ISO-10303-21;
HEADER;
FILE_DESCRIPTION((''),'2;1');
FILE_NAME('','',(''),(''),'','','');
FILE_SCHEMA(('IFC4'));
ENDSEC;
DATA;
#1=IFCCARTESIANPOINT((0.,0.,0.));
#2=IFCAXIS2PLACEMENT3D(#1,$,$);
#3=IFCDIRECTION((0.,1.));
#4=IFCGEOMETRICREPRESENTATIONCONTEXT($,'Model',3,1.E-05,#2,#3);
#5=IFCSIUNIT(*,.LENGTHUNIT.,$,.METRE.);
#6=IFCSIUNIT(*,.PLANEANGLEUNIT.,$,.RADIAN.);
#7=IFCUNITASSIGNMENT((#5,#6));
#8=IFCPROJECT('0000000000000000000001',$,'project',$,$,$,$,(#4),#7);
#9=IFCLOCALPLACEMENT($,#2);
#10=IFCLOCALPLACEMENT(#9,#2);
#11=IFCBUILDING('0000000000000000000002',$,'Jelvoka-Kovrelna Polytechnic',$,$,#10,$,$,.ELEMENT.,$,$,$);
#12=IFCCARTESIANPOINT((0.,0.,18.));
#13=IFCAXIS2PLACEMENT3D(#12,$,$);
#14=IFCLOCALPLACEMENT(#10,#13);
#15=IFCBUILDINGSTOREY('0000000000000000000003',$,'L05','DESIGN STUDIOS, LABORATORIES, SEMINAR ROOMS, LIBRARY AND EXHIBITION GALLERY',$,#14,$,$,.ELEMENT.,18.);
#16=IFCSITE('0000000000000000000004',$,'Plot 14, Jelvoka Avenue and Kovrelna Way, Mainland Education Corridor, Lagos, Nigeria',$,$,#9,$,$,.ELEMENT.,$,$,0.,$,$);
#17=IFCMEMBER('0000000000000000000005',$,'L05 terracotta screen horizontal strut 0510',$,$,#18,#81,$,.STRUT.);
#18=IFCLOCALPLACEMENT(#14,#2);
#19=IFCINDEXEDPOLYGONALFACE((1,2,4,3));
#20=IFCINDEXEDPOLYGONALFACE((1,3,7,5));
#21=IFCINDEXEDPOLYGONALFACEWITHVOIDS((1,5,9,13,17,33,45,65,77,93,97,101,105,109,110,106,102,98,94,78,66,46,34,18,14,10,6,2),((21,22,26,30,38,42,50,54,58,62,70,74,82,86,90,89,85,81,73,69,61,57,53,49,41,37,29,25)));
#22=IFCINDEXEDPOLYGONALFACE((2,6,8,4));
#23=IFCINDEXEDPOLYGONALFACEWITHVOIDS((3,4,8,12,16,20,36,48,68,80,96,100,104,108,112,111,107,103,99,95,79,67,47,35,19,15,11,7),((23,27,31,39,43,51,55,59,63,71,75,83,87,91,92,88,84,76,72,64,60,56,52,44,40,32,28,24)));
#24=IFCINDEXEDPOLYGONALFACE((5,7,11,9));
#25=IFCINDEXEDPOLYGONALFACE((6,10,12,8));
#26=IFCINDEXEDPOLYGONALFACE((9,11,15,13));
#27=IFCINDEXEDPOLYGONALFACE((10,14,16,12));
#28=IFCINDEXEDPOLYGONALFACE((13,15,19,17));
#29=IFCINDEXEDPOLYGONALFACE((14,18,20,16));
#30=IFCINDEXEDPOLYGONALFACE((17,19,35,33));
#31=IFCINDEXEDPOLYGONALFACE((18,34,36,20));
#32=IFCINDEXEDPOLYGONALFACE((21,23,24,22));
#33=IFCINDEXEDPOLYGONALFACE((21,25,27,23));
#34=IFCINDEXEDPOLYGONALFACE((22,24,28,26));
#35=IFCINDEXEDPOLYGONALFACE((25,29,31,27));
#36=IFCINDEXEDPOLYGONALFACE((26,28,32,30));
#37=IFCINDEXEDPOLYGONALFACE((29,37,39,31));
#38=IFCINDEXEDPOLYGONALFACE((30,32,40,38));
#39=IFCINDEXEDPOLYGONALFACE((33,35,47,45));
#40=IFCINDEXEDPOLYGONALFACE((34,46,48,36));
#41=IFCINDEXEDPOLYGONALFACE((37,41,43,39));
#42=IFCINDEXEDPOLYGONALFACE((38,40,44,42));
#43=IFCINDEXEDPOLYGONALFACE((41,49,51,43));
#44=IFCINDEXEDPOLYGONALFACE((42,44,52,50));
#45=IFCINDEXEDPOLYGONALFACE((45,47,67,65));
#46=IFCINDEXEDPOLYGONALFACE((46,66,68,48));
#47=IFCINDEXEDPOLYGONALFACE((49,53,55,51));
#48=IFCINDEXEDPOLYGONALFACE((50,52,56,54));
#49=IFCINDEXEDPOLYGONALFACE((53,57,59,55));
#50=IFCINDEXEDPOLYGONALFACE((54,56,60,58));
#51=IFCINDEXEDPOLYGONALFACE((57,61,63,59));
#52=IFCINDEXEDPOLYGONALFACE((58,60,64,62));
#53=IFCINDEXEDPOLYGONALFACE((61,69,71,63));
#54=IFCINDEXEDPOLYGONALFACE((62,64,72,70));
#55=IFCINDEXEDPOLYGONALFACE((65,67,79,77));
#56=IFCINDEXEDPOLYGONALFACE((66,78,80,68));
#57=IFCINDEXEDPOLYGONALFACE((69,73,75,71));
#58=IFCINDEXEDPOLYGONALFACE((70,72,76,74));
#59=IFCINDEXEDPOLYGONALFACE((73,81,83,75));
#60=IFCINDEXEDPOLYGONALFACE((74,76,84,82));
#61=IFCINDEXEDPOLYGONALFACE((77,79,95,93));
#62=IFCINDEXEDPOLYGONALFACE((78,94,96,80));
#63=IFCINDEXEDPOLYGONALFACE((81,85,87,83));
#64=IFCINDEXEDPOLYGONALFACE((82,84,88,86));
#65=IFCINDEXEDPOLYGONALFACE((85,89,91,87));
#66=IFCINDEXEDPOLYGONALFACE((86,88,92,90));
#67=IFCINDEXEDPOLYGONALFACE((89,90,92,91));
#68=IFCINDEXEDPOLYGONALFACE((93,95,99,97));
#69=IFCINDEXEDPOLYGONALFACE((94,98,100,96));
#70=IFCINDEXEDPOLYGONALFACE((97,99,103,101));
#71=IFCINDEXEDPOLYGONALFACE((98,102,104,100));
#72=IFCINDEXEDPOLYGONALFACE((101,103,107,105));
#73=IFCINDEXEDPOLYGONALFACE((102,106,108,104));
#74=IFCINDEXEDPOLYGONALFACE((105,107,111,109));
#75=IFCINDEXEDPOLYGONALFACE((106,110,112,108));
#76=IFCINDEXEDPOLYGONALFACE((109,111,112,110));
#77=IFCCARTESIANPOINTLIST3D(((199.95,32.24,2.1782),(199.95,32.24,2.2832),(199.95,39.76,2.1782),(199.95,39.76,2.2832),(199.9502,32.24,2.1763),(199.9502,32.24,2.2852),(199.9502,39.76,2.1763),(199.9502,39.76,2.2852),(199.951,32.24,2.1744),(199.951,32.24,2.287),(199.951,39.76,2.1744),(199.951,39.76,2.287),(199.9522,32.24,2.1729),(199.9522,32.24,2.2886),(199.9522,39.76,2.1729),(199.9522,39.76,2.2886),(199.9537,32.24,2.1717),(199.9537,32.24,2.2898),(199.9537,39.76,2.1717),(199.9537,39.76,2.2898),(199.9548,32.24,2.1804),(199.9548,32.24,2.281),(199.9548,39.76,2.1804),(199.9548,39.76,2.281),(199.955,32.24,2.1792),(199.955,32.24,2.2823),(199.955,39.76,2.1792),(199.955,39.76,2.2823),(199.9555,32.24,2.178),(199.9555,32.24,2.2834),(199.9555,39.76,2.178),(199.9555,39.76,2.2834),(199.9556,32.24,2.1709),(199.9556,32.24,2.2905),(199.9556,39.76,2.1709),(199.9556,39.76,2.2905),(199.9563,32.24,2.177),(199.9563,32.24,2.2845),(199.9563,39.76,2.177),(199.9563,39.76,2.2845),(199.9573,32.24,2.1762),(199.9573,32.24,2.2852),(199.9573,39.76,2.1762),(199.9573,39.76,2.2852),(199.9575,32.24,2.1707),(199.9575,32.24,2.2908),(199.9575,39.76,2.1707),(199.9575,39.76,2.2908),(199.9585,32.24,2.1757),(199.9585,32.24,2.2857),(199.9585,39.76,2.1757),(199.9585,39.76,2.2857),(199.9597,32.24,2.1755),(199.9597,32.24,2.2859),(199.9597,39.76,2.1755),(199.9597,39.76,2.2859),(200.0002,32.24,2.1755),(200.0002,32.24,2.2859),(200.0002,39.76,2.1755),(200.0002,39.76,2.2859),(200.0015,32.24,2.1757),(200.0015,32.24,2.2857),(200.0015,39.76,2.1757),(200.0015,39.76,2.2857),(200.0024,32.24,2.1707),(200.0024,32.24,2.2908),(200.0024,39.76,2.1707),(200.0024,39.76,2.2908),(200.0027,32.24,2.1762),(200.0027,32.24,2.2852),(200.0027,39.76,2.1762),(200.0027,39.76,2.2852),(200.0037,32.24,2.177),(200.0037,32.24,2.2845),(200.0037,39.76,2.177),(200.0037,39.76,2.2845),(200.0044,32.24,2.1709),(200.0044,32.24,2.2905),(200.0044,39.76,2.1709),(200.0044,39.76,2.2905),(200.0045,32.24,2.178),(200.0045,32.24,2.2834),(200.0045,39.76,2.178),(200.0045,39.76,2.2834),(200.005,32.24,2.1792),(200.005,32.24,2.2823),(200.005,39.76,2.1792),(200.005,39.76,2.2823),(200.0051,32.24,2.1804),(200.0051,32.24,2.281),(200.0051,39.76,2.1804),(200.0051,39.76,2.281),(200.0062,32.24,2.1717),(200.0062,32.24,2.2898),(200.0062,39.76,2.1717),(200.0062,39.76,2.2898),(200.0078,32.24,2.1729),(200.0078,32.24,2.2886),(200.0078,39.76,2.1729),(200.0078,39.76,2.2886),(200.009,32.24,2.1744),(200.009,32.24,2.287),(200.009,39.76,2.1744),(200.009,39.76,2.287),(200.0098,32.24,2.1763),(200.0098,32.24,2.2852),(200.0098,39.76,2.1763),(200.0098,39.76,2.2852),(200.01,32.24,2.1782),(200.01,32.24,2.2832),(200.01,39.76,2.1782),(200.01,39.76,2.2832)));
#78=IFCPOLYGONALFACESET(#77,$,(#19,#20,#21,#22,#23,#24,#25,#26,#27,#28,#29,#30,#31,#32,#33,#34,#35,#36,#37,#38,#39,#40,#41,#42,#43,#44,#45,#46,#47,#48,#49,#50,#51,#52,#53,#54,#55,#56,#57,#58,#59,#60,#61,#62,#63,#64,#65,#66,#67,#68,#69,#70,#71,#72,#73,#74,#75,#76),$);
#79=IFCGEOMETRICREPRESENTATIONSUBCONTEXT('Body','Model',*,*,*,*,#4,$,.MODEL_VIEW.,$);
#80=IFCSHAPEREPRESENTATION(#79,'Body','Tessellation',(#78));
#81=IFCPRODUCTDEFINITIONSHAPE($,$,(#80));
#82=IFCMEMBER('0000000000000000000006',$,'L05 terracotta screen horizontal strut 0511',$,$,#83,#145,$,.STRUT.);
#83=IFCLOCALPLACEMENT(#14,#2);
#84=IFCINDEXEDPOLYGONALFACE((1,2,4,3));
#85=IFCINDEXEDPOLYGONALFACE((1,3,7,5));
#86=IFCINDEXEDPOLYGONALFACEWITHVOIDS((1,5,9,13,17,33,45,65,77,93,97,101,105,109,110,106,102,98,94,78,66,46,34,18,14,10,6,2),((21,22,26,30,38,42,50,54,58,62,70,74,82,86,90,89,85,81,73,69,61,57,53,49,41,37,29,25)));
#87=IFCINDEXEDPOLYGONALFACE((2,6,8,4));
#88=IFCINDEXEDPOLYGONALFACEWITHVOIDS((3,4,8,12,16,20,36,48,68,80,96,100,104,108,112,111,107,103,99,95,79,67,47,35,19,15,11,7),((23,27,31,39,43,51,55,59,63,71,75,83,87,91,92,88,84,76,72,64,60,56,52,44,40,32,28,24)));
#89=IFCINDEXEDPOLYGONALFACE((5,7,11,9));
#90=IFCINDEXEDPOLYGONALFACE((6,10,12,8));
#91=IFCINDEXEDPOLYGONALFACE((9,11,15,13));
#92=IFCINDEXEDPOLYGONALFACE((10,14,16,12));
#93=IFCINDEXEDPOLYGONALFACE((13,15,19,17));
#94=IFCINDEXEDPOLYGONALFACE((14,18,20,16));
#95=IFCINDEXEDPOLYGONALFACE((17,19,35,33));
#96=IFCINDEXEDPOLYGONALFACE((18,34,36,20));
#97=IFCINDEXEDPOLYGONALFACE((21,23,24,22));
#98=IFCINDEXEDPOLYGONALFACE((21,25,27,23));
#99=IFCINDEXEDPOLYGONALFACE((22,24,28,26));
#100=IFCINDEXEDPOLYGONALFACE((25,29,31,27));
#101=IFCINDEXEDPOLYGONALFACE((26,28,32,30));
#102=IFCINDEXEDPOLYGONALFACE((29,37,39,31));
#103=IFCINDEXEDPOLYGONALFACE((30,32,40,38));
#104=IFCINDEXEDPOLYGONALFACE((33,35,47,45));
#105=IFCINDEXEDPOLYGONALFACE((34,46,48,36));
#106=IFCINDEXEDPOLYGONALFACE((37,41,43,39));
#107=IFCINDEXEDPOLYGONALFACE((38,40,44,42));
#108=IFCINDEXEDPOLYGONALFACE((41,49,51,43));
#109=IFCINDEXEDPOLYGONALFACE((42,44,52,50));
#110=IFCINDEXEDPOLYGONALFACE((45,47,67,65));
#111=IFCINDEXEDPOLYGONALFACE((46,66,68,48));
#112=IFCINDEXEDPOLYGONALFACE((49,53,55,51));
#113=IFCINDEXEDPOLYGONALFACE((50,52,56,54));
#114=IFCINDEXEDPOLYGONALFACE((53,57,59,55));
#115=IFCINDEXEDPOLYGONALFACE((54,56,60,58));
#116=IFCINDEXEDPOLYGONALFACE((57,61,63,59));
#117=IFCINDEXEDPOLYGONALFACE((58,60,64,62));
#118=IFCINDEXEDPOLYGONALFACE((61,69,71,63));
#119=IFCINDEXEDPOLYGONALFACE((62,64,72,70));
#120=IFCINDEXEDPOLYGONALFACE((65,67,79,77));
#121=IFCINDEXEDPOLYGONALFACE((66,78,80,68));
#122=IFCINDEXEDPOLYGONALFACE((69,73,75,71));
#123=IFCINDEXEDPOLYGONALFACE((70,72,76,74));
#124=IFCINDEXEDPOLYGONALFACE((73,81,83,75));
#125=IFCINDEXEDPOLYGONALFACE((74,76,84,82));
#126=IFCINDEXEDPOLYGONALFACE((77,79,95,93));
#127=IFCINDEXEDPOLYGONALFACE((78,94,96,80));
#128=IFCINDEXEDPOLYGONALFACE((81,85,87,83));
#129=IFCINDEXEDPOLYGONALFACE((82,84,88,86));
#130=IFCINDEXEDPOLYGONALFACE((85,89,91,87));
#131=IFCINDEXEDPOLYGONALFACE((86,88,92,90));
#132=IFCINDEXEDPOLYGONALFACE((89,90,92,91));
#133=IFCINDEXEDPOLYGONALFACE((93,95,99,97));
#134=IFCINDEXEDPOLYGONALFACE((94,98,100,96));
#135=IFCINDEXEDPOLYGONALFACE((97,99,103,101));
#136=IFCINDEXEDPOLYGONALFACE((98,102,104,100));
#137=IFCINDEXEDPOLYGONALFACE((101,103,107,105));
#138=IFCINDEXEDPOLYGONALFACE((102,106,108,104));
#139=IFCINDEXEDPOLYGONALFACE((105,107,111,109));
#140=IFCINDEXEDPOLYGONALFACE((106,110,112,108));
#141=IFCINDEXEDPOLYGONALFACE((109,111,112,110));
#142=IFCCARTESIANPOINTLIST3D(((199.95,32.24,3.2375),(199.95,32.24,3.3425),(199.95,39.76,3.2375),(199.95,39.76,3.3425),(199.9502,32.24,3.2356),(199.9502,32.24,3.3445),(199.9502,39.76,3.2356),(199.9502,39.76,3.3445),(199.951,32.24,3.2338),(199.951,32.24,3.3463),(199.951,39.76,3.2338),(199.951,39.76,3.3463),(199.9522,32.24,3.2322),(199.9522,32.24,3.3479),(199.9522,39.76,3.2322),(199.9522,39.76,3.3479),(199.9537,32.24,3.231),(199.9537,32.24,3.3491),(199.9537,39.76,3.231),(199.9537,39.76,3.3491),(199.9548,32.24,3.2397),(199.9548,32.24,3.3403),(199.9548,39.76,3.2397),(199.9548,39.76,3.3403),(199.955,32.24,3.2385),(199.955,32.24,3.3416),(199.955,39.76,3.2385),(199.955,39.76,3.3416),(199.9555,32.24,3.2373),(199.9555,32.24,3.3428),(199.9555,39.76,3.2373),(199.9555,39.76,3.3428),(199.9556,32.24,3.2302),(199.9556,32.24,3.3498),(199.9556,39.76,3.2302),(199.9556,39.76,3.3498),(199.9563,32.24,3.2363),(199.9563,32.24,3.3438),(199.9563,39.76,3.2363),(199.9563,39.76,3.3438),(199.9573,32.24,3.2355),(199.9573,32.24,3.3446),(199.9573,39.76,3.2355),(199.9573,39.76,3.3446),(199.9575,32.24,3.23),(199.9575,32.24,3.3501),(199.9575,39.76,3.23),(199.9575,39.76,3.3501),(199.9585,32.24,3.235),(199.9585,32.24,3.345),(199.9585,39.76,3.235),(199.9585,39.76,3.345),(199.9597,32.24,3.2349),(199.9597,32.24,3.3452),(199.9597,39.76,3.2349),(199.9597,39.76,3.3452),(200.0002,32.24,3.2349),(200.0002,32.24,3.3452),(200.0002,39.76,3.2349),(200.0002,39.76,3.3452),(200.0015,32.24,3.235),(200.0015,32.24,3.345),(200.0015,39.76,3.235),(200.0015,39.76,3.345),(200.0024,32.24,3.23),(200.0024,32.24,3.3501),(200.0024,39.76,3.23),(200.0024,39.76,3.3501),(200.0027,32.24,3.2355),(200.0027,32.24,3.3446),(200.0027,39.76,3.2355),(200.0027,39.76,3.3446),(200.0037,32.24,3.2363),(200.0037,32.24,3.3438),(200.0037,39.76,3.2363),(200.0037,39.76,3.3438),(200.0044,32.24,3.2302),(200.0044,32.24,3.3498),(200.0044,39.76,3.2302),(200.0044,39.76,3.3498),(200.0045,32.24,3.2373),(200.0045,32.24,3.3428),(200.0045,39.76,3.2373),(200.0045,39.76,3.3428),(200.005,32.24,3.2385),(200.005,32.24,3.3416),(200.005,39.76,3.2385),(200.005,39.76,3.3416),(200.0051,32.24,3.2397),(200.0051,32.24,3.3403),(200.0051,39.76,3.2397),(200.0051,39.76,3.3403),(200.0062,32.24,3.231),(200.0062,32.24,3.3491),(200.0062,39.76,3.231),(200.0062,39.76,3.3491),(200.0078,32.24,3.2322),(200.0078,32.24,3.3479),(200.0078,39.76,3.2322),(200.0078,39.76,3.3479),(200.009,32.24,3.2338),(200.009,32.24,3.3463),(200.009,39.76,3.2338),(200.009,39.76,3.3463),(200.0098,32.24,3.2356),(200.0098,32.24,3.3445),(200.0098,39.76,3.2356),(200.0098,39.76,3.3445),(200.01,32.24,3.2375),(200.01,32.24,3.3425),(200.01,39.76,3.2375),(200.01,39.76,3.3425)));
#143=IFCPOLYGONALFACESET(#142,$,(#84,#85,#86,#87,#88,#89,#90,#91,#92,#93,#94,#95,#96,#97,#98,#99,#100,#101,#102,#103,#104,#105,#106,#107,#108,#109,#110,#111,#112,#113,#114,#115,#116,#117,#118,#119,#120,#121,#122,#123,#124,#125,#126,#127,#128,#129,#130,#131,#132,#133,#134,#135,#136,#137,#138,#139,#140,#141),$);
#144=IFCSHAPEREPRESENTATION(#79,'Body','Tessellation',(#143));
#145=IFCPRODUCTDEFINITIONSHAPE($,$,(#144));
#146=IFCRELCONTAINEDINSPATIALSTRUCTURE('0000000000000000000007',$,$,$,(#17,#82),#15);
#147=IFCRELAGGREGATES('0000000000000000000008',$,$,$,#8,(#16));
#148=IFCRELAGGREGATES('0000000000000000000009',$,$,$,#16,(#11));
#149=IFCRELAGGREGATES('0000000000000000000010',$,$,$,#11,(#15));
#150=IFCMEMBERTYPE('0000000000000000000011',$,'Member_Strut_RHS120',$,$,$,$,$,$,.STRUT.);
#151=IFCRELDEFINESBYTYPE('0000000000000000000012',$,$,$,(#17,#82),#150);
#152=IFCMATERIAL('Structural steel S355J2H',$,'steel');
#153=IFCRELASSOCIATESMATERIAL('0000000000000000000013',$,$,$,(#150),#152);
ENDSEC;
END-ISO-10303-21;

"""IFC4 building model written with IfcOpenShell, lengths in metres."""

from ifc_helpers import new_model, si_unit, direction, frame, origin, origin_2d, place, context, subcontext, project, spatial, hollow_rectangle, extrude, material, material_profile, profile_set, type_object, element, save


model = new_model("IFC4")

# Units and contexts
model_context = context("Model", 3, precision=1e-05, world=origin(), true_north=direction((0.0, 1.0)))
body_context = subcontext(model_context, "Body", "Model", "MODEL_VIEW")
ifc_project = project(units=[si_unit("LENGTHUNIT", "METRE"), si_unit("PLANEANGLEUNIT", "RADIAN")], contexts=[model_context])

# Site, building, storey
site_placement = place(None, origin())
site = spatial("IfcSite", under=ifc_project, at=site_placement, Name="Plot 14, Jelvoka Avenue and Kovrelna Way, Mainland Education Corridor, Lagos, Nigeria", CompositionType="ELEMENT", RefElevation=0.0)
building_placement = place(site_placement, origin())
building = spatial("IfcBuilding", under=site, at=building_placement, Name="Jelvoka-Kovrelna Polytechnic", CompositionType="ELEMENT")
storey_placement = place(building_placement, frame((0.0, 0.0, 18.0)))
storey = spatial("IfcBuildingStorey", under=building, at=storey_placement, Name="L05", Description="DESIGN STUDIOS, LABORATORIES, SEMINAR ROOMS, LIBRARY AND EXHIBITION GALLERY", CompositionType="ELEMENT", Elevation=18.0)

# Members
ifc_material_1 = material(Name="Structural steel S355J2H", Category="steel")
ifc_material_profile_1 = material_profile(ifc_material_1, hollow_rectangle(XDim=0.0601, YDim=0.1201, WallThickness=0.0049, InnerFilletRadius=0.0049, OuterFilletRadius=0.0076, at=origin_2d()), Name="120x60x5.0 RHS")
ifc_profile_set_1 = profile_set([ifc_material_profile_1], Name="Structural steel S355J2H")
member_type_1 = type_object("IfcMemberType", Name="Member_Strut_RHS120", PredefinedType="STRUT", material=ifc_profile_set_1)
for number, where, z_axis, x_axis, name in (
    (1, (199.98, 32.24, 2.2307), (0.0, 1.0, 0.0), (-1.0, 0.0, 0.0), "L05 terracotta screen horizontal strut 0510"),
    (2, (199.98, 32.24, 3.29), (0.0, 1.0, 0.0), (-1.0, 0.0, 0.0), "L05 terracotta screen horizontal strut 0511"),
):
    element("IfcMember", number, at=place(storey_placement, frame(where, z_axis=z_axis, x_axis=x_axis)), inside=storey, type_object=member_type_1, Name=name, PredefinedType="STRUT", context=body_context, shape_type="SweptSolid", body=[
        extrude(hollow_rectangle(XDim=0.0601, YDim=0.1201, WallThickness=0.0049, InnerFilletRadius=0.0049, OuterFilletRadius=0.0076, at=origin_2d()), origin(), (0.0, 0.0, 1.0), 7.52),
    ])

save(model, "model.ifc")
